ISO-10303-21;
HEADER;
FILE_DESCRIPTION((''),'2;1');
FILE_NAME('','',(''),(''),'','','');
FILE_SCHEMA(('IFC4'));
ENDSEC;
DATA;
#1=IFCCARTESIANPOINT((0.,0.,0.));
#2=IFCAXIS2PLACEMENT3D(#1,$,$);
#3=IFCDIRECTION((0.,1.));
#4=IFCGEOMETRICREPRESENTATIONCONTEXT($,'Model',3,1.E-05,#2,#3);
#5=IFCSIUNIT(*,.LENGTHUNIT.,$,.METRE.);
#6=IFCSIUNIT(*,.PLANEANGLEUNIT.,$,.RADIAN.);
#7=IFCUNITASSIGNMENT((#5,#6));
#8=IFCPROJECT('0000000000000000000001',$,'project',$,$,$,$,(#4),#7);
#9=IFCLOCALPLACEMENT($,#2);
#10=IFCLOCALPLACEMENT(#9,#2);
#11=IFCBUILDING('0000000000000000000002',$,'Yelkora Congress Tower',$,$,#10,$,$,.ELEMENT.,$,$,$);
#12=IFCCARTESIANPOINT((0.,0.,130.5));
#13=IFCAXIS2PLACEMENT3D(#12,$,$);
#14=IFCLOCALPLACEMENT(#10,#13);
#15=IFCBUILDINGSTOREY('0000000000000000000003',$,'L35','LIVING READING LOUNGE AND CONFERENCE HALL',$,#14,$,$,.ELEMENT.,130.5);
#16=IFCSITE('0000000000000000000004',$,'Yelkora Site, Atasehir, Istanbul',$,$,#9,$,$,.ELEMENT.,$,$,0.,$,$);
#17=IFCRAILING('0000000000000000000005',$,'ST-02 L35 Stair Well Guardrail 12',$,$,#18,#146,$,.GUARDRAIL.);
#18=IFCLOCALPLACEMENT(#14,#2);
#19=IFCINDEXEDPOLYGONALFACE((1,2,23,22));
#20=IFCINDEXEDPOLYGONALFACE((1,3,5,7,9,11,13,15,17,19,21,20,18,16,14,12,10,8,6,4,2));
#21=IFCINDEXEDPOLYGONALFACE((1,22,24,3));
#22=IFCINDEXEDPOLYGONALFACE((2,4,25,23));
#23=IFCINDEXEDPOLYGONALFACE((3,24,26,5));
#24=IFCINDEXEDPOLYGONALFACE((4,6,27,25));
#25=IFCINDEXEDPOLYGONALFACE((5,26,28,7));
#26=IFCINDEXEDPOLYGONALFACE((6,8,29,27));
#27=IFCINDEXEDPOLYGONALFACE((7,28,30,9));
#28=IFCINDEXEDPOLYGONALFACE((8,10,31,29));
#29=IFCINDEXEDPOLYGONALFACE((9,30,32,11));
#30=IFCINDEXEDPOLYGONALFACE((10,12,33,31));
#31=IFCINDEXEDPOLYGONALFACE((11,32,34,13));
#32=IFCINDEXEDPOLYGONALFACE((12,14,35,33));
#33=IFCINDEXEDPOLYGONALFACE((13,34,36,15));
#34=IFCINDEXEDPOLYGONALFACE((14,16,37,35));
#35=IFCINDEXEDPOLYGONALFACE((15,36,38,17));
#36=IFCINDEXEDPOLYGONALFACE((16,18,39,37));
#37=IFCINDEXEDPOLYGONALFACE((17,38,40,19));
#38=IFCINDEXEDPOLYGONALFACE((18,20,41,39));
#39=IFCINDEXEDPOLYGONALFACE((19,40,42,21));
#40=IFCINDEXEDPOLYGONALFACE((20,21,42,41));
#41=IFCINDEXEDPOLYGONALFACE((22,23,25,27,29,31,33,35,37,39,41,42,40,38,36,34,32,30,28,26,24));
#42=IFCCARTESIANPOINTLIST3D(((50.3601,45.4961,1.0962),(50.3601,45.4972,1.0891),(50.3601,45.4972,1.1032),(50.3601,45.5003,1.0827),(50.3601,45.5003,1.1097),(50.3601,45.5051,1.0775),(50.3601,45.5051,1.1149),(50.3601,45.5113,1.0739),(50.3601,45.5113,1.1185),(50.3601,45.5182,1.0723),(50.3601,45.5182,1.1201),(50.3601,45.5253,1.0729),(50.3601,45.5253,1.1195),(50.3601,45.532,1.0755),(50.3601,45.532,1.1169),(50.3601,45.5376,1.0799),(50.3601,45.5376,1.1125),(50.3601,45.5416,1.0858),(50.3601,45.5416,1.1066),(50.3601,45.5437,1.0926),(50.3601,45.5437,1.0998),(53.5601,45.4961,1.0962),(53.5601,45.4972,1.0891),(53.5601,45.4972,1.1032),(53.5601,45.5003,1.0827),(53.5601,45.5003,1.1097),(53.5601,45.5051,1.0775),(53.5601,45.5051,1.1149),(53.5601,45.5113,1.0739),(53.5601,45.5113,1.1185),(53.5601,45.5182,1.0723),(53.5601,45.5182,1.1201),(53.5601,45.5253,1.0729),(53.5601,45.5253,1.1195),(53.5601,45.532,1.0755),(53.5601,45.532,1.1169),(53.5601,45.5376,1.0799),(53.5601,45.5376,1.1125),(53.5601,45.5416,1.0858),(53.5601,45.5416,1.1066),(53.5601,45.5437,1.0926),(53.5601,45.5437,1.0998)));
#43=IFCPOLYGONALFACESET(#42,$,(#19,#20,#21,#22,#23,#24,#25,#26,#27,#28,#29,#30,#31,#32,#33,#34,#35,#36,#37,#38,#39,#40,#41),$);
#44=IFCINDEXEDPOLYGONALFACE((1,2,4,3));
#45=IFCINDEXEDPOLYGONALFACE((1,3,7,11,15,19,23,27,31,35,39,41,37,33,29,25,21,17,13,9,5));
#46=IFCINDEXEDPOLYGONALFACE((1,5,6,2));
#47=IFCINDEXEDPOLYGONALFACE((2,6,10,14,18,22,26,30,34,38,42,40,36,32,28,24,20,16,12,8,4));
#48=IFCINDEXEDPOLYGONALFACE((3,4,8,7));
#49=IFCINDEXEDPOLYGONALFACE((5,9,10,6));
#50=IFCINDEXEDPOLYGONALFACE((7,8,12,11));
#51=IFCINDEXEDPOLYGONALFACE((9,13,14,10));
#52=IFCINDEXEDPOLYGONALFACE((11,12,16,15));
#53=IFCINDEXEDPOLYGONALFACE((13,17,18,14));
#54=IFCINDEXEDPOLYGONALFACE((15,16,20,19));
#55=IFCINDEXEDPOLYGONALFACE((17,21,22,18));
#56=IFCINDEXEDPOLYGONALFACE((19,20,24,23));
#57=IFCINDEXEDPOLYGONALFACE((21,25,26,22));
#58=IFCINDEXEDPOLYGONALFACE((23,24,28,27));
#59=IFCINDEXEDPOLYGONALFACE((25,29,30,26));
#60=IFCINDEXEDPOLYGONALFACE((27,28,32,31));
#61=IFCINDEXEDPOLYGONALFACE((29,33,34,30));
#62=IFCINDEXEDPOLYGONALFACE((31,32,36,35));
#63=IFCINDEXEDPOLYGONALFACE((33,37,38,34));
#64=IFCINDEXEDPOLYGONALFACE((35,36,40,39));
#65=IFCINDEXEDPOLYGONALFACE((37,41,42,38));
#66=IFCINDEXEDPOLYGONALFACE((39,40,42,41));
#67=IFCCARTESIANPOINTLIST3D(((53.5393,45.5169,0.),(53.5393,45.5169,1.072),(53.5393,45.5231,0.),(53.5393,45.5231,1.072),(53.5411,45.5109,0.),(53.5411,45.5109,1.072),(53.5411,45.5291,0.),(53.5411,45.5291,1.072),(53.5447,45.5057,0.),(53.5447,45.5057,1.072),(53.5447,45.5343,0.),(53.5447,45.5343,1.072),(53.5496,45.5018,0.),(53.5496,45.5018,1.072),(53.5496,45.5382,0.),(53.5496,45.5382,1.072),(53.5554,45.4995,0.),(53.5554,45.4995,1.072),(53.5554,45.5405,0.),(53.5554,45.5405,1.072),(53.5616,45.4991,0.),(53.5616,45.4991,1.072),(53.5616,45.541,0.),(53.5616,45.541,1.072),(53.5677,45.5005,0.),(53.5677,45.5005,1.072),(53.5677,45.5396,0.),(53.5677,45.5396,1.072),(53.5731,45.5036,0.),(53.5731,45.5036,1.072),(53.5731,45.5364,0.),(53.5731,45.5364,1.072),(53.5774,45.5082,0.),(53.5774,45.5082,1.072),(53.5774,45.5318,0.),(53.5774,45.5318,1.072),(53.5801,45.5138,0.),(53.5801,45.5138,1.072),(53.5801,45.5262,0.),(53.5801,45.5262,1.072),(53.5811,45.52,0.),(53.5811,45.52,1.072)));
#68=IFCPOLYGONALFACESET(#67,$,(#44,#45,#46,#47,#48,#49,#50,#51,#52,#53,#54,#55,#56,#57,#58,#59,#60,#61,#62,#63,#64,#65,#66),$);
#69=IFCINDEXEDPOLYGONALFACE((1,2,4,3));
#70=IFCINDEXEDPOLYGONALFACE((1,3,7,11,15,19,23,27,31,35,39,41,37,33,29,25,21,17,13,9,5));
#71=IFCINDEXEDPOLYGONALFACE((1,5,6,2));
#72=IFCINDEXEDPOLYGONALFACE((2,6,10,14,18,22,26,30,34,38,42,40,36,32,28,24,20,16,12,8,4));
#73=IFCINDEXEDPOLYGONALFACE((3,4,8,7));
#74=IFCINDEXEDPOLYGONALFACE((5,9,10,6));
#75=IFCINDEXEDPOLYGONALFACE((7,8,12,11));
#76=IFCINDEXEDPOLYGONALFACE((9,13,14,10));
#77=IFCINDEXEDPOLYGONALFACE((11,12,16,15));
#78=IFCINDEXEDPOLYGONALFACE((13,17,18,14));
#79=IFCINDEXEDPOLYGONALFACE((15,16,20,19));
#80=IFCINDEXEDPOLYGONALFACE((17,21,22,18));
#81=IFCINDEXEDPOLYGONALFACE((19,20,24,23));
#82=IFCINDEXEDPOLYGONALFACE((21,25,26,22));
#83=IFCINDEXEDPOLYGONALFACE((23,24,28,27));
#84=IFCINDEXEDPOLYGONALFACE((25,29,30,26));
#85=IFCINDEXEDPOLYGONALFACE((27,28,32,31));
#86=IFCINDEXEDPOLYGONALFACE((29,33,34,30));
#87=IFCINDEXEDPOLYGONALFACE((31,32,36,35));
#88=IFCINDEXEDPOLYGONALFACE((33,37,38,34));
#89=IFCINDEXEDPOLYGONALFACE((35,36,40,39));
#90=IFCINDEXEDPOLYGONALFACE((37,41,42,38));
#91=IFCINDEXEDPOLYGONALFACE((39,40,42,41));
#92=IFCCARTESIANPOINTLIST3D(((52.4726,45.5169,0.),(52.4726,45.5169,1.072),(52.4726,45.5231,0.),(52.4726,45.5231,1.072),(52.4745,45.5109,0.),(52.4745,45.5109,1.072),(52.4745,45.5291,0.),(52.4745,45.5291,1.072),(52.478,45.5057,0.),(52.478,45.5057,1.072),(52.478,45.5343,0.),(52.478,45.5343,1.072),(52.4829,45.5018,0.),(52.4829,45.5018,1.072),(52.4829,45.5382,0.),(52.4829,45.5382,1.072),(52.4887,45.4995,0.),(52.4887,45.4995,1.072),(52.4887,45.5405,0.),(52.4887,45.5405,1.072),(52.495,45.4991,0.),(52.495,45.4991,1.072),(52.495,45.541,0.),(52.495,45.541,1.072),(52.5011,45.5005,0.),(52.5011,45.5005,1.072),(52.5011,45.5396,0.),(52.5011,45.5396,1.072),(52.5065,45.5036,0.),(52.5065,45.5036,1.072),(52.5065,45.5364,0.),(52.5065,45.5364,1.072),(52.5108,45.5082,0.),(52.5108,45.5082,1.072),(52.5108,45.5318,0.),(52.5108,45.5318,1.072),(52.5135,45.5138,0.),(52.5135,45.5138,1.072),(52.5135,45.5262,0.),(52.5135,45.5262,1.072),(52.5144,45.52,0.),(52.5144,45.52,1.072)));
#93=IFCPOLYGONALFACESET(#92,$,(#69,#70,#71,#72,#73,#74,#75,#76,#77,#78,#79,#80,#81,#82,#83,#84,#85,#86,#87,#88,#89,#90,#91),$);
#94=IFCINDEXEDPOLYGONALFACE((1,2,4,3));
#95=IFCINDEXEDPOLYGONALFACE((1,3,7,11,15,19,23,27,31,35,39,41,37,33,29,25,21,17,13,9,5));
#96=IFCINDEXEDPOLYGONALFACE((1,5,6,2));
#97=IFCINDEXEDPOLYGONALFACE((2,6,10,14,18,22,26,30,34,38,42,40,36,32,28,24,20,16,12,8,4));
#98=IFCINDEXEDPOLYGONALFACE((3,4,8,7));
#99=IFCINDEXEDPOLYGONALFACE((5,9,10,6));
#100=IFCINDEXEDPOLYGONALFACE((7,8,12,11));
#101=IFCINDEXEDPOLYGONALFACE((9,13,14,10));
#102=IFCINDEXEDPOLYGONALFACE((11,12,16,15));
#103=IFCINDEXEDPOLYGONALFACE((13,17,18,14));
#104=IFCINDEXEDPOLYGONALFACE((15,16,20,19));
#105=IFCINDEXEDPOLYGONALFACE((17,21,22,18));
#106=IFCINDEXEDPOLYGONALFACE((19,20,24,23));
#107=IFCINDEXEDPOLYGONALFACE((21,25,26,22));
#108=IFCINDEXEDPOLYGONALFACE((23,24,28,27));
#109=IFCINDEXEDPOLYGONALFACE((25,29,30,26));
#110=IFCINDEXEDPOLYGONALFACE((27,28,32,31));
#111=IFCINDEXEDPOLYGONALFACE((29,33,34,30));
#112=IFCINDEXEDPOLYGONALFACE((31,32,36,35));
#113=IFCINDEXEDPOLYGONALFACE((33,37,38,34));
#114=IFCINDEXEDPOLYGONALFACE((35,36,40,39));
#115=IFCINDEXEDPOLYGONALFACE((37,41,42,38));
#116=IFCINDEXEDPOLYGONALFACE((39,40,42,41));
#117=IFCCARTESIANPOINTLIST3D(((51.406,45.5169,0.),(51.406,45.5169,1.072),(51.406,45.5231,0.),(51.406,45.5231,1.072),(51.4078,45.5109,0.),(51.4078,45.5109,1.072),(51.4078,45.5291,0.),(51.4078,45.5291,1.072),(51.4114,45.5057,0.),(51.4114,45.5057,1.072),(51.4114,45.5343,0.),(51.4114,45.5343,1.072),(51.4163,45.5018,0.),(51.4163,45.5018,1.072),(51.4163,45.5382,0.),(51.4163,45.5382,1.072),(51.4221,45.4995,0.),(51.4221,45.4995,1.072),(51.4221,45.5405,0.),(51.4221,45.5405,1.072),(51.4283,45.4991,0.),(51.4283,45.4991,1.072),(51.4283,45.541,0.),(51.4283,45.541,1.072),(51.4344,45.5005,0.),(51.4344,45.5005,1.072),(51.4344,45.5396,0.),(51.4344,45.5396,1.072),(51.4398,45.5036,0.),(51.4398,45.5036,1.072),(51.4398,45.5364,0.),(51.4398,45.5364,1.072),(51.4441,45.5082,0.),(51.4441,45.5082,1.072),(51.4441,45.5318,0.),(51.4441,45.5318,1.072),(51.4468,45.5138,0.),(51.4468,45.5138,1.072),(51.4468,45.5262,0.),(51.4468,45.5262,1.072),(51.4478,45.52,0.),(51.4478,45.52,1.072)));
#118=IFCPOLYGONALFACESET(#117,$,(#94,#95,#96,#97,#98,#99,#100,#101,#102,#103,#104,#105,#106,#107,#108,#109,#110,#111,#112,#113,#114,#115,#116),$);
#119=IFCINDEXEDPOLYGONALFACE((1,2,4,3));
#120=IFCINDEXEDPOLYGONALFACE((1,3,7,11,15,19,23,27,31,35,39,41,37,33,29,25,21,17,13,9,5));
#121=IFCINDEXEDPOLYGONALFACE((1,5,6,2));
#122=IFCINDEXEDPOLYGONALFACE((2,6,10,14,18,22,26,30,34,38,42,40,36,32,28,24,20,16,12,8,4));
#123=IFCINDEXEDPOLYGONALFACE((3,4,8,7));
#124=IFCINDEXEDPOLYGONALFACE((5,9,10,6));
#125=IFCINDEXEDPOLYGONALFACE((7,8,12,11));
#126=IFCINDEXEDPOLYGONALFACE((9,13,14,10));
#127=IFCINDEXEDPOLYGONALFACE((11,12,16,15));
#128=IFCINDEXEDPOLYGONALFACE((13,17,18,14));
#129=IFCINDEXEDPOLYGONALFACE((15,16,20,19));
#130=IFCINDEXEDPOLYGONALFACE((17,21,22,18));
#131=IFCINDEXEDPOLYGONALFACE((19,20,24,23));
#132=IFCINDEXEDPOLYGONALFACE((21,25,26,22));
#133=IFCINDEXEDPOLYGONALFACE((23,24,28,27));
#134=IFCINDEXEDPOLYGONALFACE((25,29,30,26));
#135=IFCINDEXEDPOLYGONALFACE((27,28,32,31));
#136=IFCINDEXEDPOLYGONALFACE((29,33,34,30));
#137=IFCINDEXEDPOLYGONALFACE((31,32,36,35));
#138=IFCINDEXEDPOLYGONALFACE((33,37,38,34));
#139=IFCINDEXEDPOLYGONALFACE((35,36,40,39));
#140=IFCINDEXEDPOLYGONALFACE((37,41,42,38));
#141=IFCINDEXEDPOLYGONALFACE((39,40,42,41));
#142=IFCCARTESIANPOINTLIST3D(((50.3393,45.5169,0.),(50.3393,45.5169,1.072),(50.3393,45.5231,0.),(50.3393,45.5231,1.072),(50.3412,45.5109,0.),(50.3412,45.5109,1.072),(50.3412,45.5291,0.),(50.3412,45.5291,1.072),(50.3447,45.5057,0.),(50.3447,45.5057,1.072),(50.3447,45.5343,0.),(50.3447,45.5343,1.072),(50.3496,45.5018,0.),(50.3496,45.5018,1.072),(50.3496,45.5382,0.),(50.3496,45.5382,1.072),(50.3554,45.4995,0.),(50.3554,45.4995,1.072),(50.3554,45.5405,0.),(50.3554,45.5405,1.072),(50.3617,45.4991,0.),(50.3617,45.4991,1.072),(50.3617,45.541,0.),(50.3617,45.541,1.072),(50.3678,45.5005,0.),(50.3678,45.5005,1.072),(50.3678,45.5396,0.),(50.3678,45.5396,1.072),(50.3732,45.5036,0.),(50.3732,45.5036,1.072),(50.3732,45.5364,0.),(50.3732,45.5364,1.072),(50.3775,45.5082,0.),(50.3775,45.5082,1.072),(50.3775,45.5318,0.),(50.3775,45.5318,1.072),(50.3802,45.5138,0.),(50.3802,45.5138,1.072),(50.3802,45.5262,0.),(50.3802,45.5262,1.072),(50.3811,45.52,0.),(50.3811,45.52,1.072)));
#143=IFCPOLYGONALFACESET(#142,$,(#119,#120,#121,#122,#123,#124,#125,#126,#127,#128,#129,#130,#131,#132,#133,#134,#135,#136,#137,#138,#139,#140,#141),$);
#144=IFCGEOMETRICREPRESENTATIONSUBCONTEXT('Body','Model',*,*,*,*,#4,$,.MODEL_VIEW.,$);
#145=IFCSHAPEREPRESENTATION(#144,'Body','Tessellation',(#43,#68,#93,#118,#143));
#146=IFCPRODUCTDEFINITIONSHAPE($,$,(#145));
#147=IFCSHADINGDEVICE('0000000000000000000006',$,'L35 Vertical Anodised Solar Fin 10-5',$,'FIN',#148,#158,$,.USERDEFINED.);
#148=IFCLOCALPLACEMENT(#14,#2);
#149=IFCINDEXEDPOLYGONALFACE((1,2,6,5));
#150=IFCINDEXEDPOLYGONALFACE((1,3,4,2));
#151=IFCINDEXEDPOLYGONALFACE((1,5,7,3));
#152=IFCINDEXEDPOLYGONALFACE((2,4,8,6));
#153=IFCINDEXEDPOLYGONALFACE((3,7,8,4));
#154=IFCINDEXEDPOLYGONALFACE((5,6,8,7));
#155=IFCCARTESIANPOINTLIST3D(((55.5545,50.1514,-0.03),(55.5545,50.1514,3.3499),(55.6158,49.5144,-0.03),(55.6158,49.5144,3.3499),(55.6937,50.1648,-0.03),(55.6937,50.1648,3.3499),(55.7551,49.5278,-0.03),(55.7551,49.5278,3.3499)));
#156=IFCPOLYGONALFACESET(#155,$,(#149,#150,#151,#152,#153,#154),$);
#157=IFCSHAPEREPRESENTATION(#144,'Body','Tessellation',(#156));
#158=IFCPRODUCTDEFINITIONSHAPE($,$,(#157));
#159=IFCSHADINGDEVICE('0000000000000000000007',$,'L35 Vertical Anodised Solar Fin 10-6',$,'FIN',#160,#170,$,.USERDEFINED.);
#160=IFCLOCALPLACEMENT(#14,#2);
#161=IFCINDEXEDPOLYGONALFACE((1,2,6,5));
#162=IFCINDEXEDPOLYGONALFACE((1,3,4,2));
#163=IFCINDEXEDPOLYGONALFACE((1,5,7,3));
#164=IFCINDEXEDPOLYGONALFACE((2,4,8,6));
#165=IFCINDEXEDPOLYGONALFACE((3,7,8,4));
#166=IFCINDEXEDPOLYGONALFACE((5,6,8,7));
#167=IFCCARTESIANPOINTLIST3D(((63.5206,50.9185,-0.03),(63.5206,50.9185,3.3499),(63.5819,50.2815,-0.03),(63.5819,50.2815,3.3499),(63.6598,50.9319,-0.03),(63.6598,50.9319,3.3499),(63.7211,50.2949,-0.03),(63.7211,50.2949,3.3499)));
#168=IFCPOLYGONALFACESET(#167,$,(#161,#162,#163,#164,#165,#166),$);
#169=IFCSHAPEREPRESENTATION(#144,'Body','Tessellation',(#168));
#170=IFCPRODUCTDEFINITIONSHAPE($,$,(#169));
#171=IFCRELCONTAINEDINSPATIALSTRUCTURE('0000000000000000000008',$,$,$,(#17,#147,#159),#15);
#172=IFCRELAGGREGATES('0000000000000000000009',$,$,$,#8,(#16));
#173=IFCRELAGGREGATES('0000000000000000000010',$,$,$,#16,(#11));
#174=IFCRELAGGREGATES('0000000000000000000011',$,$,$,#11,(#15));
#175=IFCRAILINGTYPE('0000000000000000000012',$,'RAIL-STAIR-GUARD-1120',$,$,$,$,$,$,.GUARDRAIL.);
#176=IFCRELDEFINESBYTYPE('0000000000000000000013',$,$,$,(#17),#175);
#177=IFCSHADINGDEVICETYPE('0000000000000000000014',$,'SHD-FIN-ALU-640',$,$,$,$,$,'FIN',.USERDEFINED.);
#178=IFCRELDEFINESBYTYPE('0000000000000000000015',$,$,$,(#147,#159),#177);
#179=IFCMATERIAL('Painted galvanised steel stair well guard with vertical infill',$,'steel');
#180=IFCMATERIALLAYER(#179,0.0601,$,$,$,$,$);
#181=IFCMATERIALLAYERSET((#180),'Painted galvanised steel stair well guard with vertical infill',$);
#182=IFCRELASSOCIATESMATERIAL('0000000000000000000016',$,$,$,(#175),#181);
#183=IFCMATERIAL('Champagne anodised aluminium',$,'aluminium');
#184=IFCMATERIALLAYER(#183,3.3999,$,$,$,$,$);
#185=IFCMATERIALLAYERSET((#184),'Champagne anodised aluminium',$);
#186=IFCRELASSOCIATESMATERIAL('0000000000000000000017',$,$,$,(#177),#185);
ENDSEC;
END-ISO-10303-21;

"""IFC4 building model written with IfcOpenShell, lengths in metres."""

from ifc_helpers import new_model, si_unit, direction, frame, origin, origin_2d, place, context, subcontext, project, spatial, rectangle, circle, extrude, material, layer, layer_set, type_object, element, save


model = new_model("IFC4")

# Units and contexts
model_context = context("Model", 3, precision=1e-05, world=origin(), true_north=direction((0.0, 1.0)))
body_context = subcontext(model_context, "Body", "Model", "MODEL_VIEW")
ifc_project = project(units=[si_unit("LENGTHUNIT", "METRE"), si_unit("PLANEANGLEUNIT", "RADIAN")], contexts=[model_context])

# Site, building, storey
site_placement = place(None, origin())
site = spatial("IfcSite", under=ifc_project, at=site_placement, Name="Yelkora Site, Atasehir, Istanbul", CompositionType="ELEMENT", RefElevation=0.0)
building_placement = place(site_placement, origin())
building = spatial("IfcBuilding", under=site, at=building_placement, Name="Yelkora Congress Tower", CompositionType="ELEMENT")
storey_placement = place(building_placement, frame((0.0, 0.0, 130.5)))
storey = spatial("IfcBuildingStorey", under=building, at=storey_placement, Name="L35", Description="LIVING READING LOUNGE AND CONFERENCE HALL", CompositionType="ELEMENT", Elevation=130.5)

# Railing
ifc_material_1 = material(Name="Painted galvanised steel stair well guard with vertical infill", Category="steel")
ifc_layer_1 = layer(ifc_material_1, 0.0601)
ifc_layer_set_1 = layer_set([ifc_layer_1], Name="Painted galvanised steel stair well guard with vertical infill")
railing_type = type_object("IfcRailingType", Name="RAIL-STAIR-GUARD-1120", PredefinedType="GUARDRAIL", material=ifc_layer_set_1)
railing_1_placement = place(storey_placement, frame((53.5601, 45.52, 0.0)))
element("IfcRailing", 1, at=railing_1_placement, inside=storey, type_object=railing_type, Name="ST-02 L35 Stair Well Guardrail 12", PredefinedType="GUARDRAIL", context=body_context, shape_type="SweptSolid", body=[
    extrude(circle(Radius=0.0239, at=origin_2d()), frame((0.0, 0.0, 1.0962), z_axis=(-1.0, 0.0, 0.0), x_axis=(0.0, -1.0, 0.0)), (0.0, 0.0, 1.0), 3.2),
    extrude(circle(Radius=0.021, at=origin_2d()), origin(), (0.0, 0.0, 1.0), 1.072),
    extrude(circle(Radius=0.021, at=origin_2d()), frame((-1.0667, 0.0, 0.0)), (0.0, 0.0, 1.0), 1.072),
    extrude(circle(Radius=0.021, at=origin_2d()), frame((-2.1333, 0.0, 0.0)), (0.0, 0.0, 1.0), 1.072),
    extrude(circle(Radius=0.021, at=origin_2d()), frame((-3.2, 0.0, 0.0)), (0.0, 0.0, 1.0), 1.072),
])

# Shading devices
ifc_material_2 = material(Name="Champagne anodised aluminium", Category="aluminium")
ifc_layer_2 = layer(ifc_material_2, 3.3999)
ifc_layer_set_2 = layer_set([ifc_layer_2], Name="Champagne anodised aluminium")
shading_device_type = type_object("IfcShadingDeviceType", Name="SHD-FIN-ALU-640", ElementType="FIN", PredefinedType="USERDEFINED", material=ifc_layer_set_2)
for number, where, z_axis, x_axis, name in (
    (2, (55.6548, 49.8396, -0.03), (0.0, 0.0, 1.0), (0.995396, 0.095846, 0.0), "L35 Vertical Anodised Solar Fin 10-5"),
    (3, (63.6208, 50.6067, -0.03), (0.0, 0.0, 1.0), (0.995396, 0.095846, 0.0), "L35 Vertical Anodised Solar Fin 10-6"),
):
    element("IfcShadingDevice", number, at=place(storey_placement, frame(where, z_axis=z_axis, x_axis=x_axis)), inside=storey, type_object=shading_device_type, Name=name, ObjectType="FIN", PredefinedType="USERDEFINED", context=body_context, shape_type="SweptSolid", body=[
        extrude(rectangle(XDim=0.1399, YDim=0.6399, at=origin_2d()), origin(), (0.0, 0.0, 1.0), 3.3799),
    ])

save(model, "model.ifc")
